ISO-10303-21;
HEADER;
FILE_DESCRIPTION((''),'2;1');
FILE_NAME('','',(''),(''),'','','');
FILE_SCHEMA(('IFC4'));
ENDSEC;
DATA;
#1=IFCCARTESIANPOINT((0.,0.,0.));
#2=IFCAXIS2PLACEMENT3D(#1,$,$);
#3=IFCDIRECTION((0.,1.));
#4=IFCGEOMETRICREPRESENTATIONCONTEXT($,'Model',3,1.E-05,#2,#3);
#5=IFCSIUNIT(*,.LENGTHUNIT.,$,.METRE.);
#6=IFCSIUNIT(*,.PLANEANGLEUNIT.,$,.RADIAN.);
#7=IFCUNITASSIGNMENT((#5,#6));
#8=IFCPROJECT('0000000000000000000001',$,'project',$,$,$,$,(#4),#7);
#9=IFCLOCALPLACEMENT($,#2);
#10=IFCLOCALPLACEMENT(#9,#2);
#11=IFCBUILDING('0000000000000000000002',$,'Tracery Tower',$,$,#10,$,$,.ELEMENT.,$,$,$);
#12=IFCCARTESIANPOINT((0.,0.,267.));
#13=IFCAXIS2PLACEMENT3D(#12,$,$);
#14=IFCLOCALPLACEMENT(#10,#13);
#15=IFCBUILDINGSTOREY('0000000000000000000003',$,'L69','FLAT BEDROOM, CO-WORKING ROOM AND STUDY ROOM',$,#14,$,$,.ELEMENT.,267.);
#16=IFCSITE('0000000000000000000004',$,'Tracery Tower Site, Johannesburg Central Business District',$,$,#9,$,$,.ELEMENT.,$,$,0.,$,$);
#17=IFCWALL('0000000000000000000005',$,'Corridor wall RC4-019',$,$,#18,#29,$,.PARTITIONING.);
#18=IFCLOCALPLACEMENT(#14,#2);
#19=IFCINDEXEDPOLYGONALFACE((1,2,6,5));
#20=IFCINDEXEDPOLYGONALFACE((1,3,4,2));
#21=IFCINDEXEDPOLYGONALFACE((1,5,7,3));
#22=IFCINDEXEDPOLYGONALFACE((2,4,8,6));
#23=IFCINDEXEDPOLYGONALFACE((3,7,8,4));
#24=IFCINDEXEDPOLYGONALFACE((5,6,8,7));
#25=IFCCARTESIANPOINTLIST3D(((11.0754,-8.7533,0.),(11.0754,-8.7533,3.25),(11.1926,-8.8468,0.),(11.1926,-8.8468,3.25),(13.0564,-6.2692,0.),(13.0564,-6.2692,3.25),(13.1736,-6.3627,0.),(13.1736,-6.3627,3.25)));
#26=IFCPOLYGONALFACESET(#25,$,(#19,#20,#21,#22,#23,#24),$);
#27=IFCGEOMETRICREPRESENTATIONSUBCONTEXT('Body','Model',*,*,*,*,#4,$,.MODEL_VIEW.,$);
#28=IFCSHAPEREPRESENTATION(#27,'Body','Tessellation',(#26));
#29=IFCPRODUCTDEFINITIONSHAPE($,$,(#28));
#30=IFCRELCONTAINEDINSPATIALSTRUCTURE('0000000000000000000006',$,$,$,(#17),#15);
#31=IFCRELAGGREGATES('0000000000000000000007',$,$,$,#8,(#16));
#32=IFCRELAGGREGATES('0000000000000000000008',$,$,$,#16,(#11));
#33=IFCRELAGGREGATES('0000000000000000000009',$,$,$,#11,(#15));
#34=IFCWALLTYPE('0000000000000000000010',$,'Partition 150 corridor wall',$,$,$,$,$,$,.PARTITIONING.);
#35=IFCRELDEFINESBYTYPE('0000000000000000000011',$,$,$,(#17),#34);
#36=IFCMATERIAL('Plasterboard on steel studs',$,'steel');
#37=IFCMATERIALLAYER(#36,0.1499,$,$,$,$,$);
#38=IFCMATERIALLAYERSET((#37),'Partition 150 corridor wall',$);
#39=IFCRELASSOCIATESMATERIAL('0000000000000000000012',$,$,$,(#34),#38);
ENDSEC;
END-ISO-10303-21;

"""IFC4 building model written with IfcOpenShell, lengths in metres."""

from ifc_helpers import new_model, si_unit, direction, frame, frame_2d, origin, place, context, subcontext, project, spatial, rectangle, extrude, material, layer, layer_set, type_object, element, save


model = new_model("IFC4")

# Units and contexts
model_context = context("Model", 3, precision=1e-05, world=origin(), true_north=direction((0.0, 1.0)))
body_context = subcontext(model_context, "Body", "Model", "MODEL_VIEW")
ifc_project = project(units=[si_unit("LENGTHUNIT", "METRE"), si_unit("PLANEANGLEUNIT", "RADIAN")], contexts=[model_context])

# Site, building, storey
site_placement = place(None, origin())
site = spatial("IfcSite", under=ifc_project, at=site_placement, Name="Tracery Tower Site, Johannesburg Central Business District", CompositionType="ELEMENT", RefElevation=0.0)
building_placement = place(site_placement, origin())
building = spatial("IfcBuilding", under=site, at=building_placement, Name="Tracery Tower", CompositionType="ELEMENT")
storey_placement = place(building_placement, frame((0.0, 0.0, 267.0)))
storey = spatial("IfcBuildingStorey", under=building, at=storey_placement, Name="L69", Description="FLAT BEDROOM, CO-WORKING ROOM AND STUDY ROOM", CompositionType="ELEMENT", Elevation=267.0)

# Shared definitions
ifc_material_1 = material(Name="Plasterboard on steel studs", Category="steel")
ifc_layer_1 = layer(ifc_material_1, 0.1499)
ifc_layer_set_1 = layer_set([ifc_layer_1], Name="Partition 150 corridor wall")
wall_type_1 = type_object("IfcWallType", Name="Partition 150 corridor wall", PredefinedType="PARTITIONING", material=ifc_layer_set_1)

# Wall
wall_1_placement = place(storey_placement, frame((11.134, -8.8, 0.0), z_axis=(0.0, 0.0, 1.0), x_axis=(0.623476, 0.781842, 0.0)))
element("IfcWall", 1, at=wall_1_placement, inside=storey, type_object=wall_type_1, Name="Corridor wall RC4-019", PredefinedType="PARTITIONING", context=body_context, shape_type="SweptSolid", body=[
    extrude(rectangle(XDim=3.1772, YDim=0.1499, at=frame_2d((1.5886, 0.0))), origin(), (0.0, 0.0, 1.0), 3.25),
])

save(model, "model.ifc")
